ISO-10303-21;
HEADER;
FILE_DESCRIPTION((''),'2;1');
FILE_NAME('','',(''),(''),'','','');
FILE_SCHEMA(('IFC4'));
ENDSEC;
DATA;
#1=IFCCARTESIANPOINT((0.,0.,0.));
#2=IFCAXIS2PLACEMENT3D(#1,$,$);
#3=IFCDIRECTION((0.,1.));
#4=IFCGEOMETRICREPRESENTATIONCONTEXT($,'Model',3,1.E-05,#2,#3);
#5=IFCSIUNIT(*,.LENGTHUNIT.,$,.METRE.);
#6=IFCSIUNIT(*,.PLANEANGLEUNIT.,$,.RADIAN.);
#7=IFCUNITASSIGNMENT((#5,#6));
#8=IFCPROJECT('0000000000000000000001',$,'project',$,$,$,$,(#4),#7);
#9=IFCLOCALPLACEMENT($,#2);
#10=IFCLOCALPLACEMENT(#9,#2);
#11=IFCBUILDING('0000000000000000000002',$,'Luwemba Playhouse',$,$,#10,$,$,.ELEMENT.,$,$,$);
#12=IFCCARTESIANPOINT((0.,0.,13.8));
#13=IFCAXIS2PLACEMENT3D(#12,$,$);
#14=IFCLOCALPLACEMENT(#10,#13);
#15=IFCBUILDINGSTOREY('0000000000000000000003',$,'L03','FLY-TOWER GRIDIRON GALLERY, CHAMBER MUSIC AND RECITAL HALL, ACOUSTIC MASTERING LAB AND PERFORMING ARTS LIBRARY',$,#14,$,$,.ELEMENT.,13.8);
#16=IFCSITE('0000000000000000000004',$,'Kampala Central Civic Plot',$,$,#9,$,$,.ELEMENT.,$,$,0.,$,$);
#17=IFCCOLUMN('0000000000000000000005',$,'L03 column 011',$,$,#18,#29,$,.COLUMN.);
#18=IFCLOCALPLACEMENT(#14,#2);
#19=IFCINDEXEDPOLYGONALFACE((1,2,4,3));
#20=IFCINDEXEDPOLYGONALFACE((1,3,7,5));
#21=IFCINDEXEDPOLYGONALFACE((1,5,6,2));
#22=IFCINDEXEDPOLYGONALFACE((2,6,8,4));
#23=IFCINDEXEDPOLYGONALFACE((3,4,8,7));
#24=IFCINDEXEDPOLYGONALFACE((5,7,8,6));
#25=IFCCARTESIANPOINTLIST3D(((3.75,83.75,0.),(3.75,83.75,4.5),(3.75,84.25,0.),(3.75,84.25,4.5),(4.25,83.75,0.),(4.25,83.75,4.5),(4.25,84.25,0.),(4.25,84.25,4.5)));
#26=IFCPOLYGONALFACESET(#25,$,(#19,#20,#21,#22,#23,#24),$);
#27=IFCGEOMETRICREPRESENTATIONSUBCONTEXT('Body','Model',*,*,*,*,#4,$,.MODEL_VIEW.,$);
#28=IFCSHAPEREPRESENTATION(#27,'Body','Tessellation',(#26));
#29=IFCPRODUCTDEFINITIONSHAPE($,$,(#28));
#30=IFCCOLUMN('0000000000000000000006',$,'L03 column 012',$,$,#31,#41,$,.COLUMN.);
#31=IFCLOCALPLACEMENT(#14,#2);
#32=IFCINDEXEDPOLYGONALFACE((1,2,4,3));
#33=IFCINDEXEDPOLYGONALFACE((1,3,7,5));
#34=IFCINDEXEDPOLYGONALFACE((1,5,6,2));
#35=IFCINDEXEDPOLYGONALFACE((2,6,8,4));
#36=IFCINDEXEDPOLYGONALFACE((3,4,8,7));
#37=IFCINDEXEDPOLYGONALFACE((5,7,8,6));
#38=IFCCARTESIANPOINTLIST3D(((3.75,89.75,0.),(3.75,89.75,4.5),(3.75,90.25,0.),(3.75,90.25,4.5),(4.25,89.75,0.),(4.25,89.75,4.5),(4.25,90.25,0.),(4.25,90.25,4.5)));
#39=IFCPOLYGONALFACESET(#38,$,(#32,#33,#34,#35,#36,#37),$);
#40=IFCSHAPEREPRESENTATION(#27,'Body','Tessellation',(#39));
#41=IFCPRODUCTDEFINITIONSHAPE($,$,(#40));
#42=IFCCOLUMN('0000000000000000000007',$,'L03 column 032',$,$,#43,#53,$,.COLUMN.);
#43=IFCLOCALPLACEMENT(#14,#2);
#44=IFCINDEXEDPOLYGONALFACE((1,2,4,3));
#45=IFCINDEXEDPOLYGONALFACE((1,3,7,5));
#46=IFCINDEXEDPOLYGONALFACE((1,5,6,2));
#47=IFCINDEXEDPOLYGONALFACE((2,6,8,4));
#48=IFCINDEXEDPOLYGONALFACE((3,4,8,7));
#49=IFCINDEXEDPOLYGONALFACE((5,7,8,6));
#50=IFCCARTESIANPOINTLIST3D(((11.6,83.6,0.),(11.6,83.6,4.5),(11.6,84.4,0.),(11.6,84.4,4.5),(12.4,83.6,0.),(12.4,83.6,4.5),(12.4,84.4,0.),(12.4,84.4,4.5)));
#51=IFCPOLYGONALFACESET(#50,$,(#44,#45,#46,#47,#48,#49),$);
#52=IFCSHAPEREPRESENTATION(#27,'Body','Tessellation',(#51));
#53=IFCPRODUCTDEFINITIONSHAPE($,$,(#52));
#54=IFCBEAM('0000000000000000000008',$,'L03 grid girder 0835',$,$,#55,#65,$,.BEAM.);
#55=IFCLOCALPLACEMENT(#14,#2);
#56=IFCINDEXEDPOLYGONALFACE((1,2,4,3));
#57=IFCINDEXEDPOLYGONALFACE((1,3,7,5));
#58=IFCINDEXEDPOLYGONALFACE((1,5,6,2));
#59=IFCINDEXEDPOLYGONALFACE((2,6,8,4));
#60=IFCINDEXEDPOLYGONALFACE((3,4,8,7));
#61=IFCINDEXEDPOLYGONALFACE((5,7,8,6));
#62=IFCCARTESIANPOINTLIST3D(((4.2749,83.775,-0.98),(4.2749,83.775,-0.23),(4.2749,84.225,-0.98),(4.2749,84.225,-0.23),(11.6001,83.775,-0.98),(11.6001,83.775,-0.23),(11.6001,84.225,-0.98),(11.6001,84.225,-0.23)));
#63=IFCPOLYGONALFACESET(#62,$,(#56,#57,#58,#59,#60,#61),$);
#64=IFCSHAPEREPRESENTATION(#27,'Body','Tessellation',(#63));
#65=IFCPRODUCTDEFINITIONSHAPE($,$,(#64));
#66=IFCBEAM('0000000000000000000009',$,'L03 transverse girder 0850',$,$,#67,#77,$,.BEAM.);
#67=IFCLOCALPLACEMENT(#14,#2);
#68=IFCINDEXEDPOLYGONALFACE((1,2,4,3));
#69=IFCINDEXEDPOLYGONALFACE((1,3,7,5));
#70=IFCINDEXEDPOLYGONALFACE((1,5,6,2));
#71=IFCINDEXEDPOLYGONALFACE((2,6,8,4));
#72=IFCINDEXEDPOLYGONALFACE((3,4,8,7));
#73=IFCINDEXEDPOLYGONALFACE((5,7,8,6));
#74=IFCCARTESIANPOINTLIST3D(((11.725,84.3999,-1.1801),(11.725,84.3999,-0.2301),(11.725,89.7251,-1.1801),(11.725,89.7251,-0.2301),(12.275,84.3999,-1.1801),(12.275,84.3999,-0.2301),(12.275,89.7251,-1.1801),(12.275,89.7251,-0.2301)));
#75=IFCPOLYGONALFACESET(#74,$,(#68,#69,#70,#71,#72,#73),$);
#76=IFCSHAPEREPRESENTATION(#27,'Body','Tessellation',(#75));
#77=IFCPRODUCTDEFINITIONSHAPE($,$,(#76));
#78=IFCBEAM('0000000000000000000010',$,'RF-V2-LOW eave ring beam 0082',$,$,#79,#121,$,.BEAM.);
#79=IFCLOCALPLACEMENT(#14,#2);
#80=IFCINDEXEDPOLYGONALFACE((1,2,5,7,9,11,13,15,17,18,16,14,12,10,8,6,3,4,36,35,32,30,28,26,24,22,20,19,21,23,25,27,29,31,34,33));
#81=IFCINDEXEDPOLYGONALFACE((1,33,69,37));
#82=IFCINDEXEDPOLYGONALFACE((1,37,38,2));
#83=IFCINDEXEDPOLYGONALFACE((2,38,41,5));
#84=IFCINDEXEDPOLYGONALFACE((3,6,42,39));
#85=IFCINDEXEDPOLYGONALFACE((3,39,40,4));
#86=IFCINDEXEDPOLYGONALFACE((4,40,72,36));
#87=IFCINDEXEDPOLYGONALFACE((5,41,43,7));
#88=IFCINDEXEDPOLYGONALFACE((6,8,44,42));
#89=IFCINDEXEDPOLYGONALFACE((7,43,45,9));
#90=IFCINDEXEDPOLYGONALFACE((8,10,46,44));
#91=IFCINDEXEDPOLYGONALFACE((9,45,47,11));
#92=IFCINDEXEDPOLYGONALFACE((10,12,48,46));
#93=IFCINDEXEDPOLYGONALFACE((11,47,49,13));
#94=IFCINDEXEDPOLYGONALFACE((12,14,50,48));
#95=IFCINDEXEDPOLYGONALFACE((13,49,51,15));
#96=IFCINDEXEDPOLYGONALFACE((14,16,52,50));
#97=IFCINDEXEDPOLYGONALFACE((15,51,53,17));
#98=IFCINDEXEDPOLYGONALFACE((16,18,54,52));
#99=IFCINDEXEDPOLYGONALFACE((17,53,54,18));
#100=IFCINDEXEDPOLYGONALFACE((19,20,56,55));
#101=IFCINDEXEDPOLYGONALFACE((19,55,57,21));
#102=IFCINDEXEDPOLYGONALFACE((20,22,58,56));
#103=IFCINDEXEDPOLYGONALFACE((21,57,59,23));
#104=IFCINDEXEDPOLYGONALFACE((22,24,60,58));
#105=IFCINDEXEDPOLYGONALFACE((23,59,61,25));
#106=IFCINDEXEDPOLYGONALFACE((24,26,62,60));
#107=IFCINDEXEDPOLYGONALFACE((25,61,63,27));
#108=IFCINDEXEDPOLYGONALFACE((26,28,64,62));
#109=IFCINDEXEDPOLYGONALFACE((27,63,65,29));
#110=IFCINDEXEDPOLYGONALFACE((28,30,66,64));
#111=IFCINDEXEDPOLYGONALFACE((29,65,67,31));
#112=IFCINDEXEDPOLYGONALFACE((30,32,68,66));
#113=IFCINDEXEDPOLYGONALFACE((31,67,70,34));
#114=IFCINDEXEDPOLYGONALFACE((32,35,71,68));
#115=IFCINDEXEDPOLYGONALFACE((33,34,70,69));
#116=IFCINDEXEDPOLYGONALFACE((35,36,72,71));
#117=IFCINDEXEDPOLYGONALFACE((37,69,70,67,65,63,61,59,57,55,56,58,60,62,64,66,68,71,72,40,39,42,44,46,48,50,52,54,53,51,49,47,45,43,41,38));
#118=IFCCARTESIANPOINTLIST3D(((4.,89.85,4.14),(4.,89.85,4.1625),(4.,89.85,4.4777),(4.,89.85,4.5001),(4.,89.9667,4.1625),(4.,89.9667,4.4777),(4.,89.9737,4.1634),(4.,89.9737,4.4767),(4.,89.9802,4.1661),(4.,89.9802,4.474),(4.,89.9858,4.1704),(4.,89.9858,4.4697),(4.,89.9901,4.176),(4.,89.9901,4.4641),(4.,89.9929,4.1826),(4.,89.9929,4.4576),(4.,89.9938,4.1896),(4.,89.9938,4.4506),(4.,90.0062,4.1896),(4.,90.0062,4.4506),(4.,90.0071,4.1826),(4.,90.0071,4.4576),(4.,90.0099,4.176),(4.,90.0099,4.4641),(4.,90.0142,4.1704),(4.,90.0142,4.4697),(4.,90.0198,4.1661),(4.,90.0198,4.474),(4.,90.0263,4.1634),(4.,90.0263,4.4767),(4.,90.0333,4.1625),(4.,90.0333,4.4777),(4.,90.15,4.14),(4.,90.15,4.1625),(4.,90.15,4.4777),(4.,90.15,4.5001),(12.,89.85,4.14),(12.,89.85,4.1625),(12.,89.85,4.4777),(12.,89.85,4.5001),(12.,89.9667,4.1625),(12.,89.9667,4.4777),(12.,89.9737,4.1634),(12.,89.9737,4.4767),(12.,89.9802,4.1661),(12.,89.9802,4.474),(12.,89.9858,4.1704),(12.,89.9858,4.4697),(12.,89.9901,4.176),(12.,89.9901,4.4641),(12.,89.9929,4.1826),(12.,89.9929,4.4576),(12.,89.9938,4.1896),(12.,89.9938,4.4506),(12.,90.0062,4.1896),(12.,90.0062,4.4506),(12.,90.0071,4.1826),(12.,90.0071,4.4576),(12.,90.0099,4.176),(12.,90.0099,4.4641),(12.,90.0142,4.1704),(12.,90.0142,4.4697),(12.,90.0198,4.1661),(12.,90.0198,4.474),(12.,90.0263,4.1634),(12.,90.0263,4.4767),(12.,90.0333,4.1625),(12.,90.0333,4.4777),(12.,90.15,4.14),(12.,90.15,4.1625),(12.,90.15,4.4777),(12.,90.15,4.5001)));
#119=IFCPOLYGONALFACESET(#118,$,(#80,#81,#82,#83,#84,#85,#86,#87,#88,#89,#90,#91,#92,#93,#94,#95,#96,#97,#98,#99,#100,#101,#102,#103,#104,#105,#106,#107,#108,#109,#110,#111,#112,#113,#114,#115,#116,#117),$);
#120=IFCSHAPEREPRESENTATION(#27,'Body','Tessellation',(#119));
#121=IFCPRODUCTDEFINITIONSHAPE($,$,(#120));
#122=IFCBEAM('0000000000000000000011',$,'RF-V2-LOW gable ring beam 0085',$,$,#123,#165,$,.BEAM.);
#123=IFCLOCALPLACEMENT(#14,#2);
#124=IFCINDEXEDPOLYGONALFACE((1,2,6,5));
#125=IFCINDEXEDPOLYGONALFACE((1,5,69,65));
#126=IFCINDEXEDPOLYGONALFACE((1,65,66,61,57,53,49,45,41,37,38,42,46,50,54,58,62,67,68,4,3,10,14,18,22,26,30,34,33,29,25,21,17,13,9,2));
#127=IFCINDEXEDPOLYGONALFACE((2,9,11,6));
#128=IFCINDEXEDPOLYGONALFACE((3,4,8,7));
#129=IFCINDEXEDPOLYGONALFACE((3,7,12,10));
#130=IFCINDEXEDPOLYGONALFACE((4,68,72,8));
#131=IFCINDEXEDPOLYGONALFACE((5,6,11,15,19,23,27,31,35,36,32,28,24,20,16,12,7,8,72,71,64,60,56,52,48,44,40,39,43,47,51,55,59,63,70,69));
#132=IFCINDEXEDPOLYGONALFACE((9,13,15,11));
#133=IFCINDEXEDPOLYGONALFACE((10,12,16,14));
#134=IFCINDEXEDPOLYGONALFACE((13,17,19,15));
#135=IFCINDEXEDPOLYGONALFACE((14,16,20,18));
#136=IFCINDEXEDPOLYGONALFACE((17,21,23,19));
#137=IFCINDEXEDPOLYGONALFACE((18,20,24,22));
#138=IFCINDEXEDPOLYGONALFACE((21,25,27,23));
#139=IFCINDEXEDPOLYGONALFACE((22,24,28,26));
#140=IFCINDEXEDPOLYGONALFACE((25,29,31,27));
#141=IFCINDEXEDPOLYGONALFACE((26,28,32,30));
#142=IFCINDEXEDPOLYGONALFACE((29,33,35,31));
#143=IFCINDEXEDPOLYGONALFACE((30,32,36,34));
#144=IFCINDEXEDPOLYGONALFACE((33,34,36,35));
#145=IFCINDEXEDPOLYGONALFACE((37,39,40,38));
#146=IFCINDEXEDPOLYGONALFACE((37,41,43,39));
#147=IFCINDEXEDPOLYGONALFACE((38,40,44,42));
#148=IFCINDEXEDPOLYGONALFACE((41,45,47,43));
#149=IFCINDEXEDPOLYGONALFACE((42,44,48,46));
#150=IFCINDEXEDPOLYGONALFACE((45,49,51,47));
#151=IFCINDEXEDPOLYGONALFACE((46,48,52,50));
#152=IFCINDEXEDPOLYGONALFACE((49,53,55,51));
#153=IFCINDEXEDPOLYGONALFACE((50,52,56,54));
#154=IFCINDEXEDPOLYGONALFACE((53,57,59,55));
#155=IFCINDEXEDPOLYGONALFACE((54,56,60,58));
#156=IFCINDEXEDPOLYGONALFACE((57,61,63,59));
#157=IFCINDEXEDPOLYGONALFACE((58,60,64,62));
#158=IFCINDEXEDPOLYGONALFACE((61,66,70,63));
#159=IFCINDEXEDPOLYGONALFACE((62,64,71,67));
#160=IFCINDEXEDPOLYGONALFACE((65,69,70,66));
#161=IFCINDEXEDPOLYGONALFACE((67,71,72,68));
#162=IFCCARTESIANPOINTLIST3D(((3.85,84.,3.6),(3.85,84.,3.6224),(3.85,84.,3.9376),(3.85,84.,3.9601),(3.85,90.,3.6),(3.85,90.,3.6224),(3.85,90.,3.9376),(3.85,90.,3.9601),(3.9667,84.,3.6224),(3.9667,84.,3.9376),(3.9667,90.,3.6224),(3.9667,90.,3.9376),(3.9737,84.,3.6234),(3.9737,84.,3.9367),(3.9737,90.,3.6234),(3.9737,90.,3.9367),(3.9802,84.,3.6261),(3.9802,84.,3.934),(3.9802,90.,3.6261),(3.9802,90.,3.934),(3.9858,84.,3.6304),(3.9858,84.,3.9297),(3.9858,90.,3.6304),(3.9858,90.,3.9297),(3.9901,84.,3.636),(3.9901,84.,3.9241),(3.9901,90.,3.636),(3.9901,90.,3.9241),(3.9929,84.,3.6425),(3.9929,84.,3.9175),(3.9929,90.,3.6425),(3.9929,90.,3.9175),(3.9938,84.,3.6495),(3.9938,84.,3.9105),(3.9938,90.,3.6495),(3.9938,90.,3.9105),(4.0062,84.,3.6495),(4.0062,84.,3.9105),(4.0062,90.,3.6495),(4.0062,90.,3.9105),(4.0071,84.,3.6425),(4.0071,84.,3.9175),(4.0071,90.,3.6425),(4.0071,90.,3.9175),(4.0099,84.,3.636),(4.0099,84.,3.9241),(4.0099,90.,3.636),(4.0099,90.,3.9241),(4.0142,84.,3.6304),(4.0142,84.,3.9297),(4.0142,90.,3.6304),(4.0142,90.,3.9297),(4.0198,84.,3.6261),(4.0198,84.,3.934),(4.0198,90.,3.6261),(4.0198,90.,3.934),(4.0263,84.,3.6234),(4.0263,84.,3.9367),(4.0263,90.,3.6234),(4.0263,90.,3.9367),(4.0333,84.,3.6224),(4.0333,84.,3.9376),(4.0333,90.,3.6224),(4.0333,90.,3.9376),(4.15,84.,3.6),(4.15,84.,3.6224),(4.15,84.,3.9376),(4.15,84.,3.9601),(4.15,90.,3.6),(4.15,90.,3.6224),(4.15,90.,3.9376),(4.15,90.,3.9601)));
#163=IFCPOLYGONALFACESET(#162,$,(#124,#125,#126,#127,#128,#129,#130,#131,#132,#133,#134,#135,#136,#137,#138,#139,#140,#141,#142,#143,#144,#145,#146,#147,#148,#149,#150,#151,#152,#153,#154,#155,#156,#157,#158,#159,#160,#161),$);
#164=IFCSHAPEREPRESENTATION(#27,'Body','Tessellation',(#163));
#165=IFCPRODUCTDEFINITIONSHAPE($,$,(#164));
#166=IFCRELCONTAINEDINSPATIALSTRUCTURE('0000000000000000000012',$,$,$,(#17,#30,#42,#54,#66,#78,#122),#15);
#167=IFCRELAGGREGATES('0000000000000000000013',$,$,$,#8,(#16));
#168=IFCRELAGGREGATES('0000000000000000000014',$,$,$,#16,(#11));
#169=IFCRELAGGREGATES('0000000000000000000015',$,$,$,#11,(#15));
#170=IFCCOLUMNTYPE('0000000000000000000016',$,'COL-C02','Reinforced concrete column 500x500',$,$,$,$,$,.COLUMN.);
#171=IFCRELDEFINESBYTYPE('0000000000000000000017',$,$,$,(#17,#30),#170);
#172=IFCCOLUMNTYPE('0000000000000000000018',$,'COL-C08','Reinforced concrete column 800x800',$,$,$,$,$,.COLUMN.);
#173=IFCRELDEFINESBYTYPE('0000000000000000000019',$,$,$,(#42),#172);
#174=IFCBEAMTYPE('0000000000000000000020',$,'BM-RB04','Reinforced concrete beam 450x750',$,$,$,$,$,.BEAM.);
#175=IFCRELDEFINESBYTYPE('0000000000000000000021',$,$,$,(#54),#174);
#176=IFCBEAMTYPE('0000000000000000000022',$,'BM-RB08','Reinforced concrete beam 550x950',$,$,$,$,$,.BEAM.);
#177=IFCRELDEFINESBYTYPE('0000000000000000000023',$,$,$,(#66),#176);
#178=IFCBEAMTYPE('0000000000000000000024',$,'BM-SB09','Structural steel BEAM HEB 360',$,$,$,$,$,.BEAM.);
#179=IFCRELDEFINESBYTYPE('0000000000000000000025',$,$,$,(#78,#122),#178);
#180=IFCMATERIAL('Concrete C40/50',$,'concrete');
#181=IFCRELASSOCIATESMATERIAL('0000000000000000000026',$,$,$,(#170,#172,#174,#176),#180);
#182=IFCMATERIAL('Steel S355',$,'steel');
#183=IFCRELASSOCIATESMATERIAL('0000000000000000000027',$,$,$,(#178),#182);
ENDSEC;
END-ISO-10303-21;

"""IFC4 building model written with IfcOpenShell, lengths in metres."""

from ifc_helpers import new_model, si_unit, direction, frame, origin, origin_2d, place, context, subcontext, project, spatial, rectangle, i_section, extrude, material, material_profile, profile_set, type_object, element, save


model = new_model("IFC4")

# Units and contexts
model_context = context("Model", 3, precision=1e-05, world=origin(), true_north=direction((0.0, 1.0)))
body_context = subcontext(model_context, "Body", "Model", "MODEL_VIEW")
ifc_project = project(units=[si_unit("LENGTHUNIT", "METRE"), si_unit("PLANEANGLEUNIT", "RADIAN")], contexts=[model_context])

# Site, building, storey
site_placement = place(None, origin())
site = spatial("IfcSite", under=ifc_project, at=site_placement, Name="Kampala Central Civic Plot", CompositionType="ELEMENT", RefElevation=0.0)
building_placement = place(site_placement, origin())
building = spatial("IfcBuilding", under=site, at=building_placement, Name="Luwemba Playhouse", CompositionType="ELEMENT")
storey_placement = place(building_placement, frame((0.0, 0.0, 13.8)))
storey = spatial("IfcBuildingStorey", under=building, at=storey_placement, Name="L03", Description="FLY-TOWER GRIDIRON GALLERY, CHAMBER MUSIC AND RECITAL HALL, ACOUSTIC MASTERING LAB AND PERFORMING ARTS LIBRARY", CompositionType="ELEMENT", Elevation=13.8)

# Columns
ifc_material_1 = material(Name="Concrete C40/50", Category="concrete")
ifc_material_profile_1 = material_profile(ifc_material_1, rectangle(XDim=0.5, YDim=0.5, at=origin_2d()))
ifc_profile_set_1 = profile_set([ifc_material_profile_1], Name="Concrete C40/50")
column_type_1 = type_object("IfcColumnType", Name="COL-C02", Description="Reinforced concrete column 500x500", PredefinedType="COLUMN", material=ifc_profile_set_1)
for number, where, z_axis, x_axis, name in (
    (1, (4.0, 84.0, 0.0), (0.0, 0.0, 1.0), (1.0, 0.0, 0.0), "L03 column 011"),
    (2, (4.0, 90.0, 0.0), (0.0, 0.0, 1.0), (1.0, 0.0, 0.0), "L03 column 012"),
):
    element("IfcColumn", number, at=place(storey_placement, frame(where, z_axis=z_axis, x_axis=x_axis)), inside=storey, type_object=column_type_1, Name=name, PredefinedType="COLUMN", context=body_context, shape_type="SweptSolid", body=[
        extrude(rectangle(XDim=0.5, YDim=0.5, at=origin_2d()), origin(), (0.0, 0.0, 1.0), 4.5),
    ])
ifc_material_profile_2 = material_profile(ifc_material_1, rectangle(XDim=0.8, YDim=0.8, at=origin_2d()))
ifc_profile_set_2 = profile_set([ifc_material_profile_2], Name="Concrete C40/50")
column_type_2 = type_object("IfcColumnType", Name="COL-C08", Description="Reinforced concrete column 800x800", PredefinedType="COLUMN", material=ifc_profile_set_2)
column_placement = place(storey_placement, frame((12.0, 84.0, 0.0), z_axis=(0.0, 0.0, 1.0), x_axis=(1.0, 0.0, 0.0)))
element("IfcColumn", 3, at=column_placement, inside=storey, type_object=column_type_2, Name="L03 column 032", PredefinedType="COLUMN", context=body_context, shape_type="SweptSolid", body=[
    extrude(rectangle(XDim=0.8, YDim=0.8, at=origin_2d()), origin(), (0.0, 0.0, 1.0), 4.5),
])

# Beams
ifc_material_profile_3 = material_profile(ifc_material_1, rectangle(XDim=0.45, YDim=0.75, at=origin_2d()))
ifc_profile_set_3 = profile_set([ifc_material_profile_3], Name="Concrete C40/50")
beam_type_1 = type_object("IfcBeamType", Name="BM-RB04", Description="Reinforced concrete beam 450x750", PredefinedType="BEAM", material=ifc_profile_set_3)
beam_1_placement = place(storey_placement, frame((4.2749, 84.0, -0.605), z_axis=(1.0, 0.0, 0.0), x_axis=(0.0, 1.0, 0.0)))
element("IfcBeam", 4, at=beam_1_placement, inside=storey, type_object=beam_type_1, Name="L03 grid girder 0835", PredefinedType="BEAM", context=body_context, shape_type="SweptSolid", body=[
    extrude(rectangle(XDim=0.45, YDim=0.75, at=origin_2d()), origin(), (0.0, 0.0, 1.0), 7.3252),
])
ifc_material_profile_4 = material_profile(ifc_material_1, rectangle(XDim=0.55, YDim=0.95, at=origin_2d()))
ifc_profile_set_4 = profile_set([ifc_material_profile_4], Name="Concrete C40/50")
beam_type_2 = type_object("IfcBeamType", Name="BM-RB08", Description="Reinforced concrete beam 550x950", PredefinedType="BEAM", material=ifc_profile_set_4)
beam_2_placement = place(storey_placement, frame((12.0, 84.3999, -0.7051), z_axis=(0.0, 1.0, 0.0), x_axis=(-1.0, 0.0, 0.0)))
element("IfcBeam", 5, at=beam_2_placement, inside=storey, type_object=beam_type_2, Name="L03 transverse girder 0850", PredefinedType="BEAM", context=body_context, shape_type="SweptSolid", body=[
    extrude(rectangle(XDim=0.55, YDim=0.95, at=origin_2d()), origin(), (0.0, 0.0, 1.0), 5.3252),
])
ifc_material_2 = material(Name="Steel S355", Category="steel")
ifc_material_profile_5 = material_profile(ifc_material_2, i_section(OverallWidth=0.3, OverallDepth=0.3601, WebThickness=0.0125, FlangeThickness=0.0225, FilletRadius=0.0271, at=origin_2d()))
ifc_profile_set_5 = profile_set([ifc_material_profile_5], Name="Steel S355")
beam_type_3 = type_object("IfcBeamType", Name="BM-SB09", Description="Structural steel BEAM HEB 360", PredefinedType="BEAM", material=ifc_profile_set_5)
beam_3_placement = place(storey_placement, frame((4.0, 90.0, 4.3201), z_axis=(1.0, 0.0, 0.0), x_axis=(0.0, 1.0, 0.0)))
element("IfcBeam", 6, at=beam_3_placement, inside=storey, type_object=beam_type_3, Name="RF-V2-LOW eave ring beam 0082", PredefinedType="BEAM", context=body_context, shape_type="SweptSolid", body=[
    extrude(i_section(OverallWidth=0.3, OverallDepth=0.3601, WebThickness=0.0125, FlangeThickness=0.0225, FilletRadius=0.0271, at=origin_2d()), origin(), (0.0, 0.0, 1.0), 8.0),
])
for number, where, z_axis, x_axis, name in (
    (7, (4.0, 84.0, 3.78), (0.0, 1.0, 0.0), (-1.0, 0.0, 0.0), "RF-V2-LOW gable ring beam 0085"),
):
    element("IfcBeam", number, at=place(storey_placement, frame(where, z_axis=z_axis, x_axis=x_axis)), inside=storey, type_object=beam_type_3, Name=name, PredefinedType="BEAM", context=body_context, shape_type="SweptSolid", body=[
        extrude(i_section(OverallWidth=0.3, OverallDepth=0.3601, WebThickness=0.0125, FlangeThickness=0.0225, FilletRadius=0.0271, at=origin_2d()), origin(), (0.0, 0.0, 1.0), 6.0),
    ])

save(model, "model.ifc")
